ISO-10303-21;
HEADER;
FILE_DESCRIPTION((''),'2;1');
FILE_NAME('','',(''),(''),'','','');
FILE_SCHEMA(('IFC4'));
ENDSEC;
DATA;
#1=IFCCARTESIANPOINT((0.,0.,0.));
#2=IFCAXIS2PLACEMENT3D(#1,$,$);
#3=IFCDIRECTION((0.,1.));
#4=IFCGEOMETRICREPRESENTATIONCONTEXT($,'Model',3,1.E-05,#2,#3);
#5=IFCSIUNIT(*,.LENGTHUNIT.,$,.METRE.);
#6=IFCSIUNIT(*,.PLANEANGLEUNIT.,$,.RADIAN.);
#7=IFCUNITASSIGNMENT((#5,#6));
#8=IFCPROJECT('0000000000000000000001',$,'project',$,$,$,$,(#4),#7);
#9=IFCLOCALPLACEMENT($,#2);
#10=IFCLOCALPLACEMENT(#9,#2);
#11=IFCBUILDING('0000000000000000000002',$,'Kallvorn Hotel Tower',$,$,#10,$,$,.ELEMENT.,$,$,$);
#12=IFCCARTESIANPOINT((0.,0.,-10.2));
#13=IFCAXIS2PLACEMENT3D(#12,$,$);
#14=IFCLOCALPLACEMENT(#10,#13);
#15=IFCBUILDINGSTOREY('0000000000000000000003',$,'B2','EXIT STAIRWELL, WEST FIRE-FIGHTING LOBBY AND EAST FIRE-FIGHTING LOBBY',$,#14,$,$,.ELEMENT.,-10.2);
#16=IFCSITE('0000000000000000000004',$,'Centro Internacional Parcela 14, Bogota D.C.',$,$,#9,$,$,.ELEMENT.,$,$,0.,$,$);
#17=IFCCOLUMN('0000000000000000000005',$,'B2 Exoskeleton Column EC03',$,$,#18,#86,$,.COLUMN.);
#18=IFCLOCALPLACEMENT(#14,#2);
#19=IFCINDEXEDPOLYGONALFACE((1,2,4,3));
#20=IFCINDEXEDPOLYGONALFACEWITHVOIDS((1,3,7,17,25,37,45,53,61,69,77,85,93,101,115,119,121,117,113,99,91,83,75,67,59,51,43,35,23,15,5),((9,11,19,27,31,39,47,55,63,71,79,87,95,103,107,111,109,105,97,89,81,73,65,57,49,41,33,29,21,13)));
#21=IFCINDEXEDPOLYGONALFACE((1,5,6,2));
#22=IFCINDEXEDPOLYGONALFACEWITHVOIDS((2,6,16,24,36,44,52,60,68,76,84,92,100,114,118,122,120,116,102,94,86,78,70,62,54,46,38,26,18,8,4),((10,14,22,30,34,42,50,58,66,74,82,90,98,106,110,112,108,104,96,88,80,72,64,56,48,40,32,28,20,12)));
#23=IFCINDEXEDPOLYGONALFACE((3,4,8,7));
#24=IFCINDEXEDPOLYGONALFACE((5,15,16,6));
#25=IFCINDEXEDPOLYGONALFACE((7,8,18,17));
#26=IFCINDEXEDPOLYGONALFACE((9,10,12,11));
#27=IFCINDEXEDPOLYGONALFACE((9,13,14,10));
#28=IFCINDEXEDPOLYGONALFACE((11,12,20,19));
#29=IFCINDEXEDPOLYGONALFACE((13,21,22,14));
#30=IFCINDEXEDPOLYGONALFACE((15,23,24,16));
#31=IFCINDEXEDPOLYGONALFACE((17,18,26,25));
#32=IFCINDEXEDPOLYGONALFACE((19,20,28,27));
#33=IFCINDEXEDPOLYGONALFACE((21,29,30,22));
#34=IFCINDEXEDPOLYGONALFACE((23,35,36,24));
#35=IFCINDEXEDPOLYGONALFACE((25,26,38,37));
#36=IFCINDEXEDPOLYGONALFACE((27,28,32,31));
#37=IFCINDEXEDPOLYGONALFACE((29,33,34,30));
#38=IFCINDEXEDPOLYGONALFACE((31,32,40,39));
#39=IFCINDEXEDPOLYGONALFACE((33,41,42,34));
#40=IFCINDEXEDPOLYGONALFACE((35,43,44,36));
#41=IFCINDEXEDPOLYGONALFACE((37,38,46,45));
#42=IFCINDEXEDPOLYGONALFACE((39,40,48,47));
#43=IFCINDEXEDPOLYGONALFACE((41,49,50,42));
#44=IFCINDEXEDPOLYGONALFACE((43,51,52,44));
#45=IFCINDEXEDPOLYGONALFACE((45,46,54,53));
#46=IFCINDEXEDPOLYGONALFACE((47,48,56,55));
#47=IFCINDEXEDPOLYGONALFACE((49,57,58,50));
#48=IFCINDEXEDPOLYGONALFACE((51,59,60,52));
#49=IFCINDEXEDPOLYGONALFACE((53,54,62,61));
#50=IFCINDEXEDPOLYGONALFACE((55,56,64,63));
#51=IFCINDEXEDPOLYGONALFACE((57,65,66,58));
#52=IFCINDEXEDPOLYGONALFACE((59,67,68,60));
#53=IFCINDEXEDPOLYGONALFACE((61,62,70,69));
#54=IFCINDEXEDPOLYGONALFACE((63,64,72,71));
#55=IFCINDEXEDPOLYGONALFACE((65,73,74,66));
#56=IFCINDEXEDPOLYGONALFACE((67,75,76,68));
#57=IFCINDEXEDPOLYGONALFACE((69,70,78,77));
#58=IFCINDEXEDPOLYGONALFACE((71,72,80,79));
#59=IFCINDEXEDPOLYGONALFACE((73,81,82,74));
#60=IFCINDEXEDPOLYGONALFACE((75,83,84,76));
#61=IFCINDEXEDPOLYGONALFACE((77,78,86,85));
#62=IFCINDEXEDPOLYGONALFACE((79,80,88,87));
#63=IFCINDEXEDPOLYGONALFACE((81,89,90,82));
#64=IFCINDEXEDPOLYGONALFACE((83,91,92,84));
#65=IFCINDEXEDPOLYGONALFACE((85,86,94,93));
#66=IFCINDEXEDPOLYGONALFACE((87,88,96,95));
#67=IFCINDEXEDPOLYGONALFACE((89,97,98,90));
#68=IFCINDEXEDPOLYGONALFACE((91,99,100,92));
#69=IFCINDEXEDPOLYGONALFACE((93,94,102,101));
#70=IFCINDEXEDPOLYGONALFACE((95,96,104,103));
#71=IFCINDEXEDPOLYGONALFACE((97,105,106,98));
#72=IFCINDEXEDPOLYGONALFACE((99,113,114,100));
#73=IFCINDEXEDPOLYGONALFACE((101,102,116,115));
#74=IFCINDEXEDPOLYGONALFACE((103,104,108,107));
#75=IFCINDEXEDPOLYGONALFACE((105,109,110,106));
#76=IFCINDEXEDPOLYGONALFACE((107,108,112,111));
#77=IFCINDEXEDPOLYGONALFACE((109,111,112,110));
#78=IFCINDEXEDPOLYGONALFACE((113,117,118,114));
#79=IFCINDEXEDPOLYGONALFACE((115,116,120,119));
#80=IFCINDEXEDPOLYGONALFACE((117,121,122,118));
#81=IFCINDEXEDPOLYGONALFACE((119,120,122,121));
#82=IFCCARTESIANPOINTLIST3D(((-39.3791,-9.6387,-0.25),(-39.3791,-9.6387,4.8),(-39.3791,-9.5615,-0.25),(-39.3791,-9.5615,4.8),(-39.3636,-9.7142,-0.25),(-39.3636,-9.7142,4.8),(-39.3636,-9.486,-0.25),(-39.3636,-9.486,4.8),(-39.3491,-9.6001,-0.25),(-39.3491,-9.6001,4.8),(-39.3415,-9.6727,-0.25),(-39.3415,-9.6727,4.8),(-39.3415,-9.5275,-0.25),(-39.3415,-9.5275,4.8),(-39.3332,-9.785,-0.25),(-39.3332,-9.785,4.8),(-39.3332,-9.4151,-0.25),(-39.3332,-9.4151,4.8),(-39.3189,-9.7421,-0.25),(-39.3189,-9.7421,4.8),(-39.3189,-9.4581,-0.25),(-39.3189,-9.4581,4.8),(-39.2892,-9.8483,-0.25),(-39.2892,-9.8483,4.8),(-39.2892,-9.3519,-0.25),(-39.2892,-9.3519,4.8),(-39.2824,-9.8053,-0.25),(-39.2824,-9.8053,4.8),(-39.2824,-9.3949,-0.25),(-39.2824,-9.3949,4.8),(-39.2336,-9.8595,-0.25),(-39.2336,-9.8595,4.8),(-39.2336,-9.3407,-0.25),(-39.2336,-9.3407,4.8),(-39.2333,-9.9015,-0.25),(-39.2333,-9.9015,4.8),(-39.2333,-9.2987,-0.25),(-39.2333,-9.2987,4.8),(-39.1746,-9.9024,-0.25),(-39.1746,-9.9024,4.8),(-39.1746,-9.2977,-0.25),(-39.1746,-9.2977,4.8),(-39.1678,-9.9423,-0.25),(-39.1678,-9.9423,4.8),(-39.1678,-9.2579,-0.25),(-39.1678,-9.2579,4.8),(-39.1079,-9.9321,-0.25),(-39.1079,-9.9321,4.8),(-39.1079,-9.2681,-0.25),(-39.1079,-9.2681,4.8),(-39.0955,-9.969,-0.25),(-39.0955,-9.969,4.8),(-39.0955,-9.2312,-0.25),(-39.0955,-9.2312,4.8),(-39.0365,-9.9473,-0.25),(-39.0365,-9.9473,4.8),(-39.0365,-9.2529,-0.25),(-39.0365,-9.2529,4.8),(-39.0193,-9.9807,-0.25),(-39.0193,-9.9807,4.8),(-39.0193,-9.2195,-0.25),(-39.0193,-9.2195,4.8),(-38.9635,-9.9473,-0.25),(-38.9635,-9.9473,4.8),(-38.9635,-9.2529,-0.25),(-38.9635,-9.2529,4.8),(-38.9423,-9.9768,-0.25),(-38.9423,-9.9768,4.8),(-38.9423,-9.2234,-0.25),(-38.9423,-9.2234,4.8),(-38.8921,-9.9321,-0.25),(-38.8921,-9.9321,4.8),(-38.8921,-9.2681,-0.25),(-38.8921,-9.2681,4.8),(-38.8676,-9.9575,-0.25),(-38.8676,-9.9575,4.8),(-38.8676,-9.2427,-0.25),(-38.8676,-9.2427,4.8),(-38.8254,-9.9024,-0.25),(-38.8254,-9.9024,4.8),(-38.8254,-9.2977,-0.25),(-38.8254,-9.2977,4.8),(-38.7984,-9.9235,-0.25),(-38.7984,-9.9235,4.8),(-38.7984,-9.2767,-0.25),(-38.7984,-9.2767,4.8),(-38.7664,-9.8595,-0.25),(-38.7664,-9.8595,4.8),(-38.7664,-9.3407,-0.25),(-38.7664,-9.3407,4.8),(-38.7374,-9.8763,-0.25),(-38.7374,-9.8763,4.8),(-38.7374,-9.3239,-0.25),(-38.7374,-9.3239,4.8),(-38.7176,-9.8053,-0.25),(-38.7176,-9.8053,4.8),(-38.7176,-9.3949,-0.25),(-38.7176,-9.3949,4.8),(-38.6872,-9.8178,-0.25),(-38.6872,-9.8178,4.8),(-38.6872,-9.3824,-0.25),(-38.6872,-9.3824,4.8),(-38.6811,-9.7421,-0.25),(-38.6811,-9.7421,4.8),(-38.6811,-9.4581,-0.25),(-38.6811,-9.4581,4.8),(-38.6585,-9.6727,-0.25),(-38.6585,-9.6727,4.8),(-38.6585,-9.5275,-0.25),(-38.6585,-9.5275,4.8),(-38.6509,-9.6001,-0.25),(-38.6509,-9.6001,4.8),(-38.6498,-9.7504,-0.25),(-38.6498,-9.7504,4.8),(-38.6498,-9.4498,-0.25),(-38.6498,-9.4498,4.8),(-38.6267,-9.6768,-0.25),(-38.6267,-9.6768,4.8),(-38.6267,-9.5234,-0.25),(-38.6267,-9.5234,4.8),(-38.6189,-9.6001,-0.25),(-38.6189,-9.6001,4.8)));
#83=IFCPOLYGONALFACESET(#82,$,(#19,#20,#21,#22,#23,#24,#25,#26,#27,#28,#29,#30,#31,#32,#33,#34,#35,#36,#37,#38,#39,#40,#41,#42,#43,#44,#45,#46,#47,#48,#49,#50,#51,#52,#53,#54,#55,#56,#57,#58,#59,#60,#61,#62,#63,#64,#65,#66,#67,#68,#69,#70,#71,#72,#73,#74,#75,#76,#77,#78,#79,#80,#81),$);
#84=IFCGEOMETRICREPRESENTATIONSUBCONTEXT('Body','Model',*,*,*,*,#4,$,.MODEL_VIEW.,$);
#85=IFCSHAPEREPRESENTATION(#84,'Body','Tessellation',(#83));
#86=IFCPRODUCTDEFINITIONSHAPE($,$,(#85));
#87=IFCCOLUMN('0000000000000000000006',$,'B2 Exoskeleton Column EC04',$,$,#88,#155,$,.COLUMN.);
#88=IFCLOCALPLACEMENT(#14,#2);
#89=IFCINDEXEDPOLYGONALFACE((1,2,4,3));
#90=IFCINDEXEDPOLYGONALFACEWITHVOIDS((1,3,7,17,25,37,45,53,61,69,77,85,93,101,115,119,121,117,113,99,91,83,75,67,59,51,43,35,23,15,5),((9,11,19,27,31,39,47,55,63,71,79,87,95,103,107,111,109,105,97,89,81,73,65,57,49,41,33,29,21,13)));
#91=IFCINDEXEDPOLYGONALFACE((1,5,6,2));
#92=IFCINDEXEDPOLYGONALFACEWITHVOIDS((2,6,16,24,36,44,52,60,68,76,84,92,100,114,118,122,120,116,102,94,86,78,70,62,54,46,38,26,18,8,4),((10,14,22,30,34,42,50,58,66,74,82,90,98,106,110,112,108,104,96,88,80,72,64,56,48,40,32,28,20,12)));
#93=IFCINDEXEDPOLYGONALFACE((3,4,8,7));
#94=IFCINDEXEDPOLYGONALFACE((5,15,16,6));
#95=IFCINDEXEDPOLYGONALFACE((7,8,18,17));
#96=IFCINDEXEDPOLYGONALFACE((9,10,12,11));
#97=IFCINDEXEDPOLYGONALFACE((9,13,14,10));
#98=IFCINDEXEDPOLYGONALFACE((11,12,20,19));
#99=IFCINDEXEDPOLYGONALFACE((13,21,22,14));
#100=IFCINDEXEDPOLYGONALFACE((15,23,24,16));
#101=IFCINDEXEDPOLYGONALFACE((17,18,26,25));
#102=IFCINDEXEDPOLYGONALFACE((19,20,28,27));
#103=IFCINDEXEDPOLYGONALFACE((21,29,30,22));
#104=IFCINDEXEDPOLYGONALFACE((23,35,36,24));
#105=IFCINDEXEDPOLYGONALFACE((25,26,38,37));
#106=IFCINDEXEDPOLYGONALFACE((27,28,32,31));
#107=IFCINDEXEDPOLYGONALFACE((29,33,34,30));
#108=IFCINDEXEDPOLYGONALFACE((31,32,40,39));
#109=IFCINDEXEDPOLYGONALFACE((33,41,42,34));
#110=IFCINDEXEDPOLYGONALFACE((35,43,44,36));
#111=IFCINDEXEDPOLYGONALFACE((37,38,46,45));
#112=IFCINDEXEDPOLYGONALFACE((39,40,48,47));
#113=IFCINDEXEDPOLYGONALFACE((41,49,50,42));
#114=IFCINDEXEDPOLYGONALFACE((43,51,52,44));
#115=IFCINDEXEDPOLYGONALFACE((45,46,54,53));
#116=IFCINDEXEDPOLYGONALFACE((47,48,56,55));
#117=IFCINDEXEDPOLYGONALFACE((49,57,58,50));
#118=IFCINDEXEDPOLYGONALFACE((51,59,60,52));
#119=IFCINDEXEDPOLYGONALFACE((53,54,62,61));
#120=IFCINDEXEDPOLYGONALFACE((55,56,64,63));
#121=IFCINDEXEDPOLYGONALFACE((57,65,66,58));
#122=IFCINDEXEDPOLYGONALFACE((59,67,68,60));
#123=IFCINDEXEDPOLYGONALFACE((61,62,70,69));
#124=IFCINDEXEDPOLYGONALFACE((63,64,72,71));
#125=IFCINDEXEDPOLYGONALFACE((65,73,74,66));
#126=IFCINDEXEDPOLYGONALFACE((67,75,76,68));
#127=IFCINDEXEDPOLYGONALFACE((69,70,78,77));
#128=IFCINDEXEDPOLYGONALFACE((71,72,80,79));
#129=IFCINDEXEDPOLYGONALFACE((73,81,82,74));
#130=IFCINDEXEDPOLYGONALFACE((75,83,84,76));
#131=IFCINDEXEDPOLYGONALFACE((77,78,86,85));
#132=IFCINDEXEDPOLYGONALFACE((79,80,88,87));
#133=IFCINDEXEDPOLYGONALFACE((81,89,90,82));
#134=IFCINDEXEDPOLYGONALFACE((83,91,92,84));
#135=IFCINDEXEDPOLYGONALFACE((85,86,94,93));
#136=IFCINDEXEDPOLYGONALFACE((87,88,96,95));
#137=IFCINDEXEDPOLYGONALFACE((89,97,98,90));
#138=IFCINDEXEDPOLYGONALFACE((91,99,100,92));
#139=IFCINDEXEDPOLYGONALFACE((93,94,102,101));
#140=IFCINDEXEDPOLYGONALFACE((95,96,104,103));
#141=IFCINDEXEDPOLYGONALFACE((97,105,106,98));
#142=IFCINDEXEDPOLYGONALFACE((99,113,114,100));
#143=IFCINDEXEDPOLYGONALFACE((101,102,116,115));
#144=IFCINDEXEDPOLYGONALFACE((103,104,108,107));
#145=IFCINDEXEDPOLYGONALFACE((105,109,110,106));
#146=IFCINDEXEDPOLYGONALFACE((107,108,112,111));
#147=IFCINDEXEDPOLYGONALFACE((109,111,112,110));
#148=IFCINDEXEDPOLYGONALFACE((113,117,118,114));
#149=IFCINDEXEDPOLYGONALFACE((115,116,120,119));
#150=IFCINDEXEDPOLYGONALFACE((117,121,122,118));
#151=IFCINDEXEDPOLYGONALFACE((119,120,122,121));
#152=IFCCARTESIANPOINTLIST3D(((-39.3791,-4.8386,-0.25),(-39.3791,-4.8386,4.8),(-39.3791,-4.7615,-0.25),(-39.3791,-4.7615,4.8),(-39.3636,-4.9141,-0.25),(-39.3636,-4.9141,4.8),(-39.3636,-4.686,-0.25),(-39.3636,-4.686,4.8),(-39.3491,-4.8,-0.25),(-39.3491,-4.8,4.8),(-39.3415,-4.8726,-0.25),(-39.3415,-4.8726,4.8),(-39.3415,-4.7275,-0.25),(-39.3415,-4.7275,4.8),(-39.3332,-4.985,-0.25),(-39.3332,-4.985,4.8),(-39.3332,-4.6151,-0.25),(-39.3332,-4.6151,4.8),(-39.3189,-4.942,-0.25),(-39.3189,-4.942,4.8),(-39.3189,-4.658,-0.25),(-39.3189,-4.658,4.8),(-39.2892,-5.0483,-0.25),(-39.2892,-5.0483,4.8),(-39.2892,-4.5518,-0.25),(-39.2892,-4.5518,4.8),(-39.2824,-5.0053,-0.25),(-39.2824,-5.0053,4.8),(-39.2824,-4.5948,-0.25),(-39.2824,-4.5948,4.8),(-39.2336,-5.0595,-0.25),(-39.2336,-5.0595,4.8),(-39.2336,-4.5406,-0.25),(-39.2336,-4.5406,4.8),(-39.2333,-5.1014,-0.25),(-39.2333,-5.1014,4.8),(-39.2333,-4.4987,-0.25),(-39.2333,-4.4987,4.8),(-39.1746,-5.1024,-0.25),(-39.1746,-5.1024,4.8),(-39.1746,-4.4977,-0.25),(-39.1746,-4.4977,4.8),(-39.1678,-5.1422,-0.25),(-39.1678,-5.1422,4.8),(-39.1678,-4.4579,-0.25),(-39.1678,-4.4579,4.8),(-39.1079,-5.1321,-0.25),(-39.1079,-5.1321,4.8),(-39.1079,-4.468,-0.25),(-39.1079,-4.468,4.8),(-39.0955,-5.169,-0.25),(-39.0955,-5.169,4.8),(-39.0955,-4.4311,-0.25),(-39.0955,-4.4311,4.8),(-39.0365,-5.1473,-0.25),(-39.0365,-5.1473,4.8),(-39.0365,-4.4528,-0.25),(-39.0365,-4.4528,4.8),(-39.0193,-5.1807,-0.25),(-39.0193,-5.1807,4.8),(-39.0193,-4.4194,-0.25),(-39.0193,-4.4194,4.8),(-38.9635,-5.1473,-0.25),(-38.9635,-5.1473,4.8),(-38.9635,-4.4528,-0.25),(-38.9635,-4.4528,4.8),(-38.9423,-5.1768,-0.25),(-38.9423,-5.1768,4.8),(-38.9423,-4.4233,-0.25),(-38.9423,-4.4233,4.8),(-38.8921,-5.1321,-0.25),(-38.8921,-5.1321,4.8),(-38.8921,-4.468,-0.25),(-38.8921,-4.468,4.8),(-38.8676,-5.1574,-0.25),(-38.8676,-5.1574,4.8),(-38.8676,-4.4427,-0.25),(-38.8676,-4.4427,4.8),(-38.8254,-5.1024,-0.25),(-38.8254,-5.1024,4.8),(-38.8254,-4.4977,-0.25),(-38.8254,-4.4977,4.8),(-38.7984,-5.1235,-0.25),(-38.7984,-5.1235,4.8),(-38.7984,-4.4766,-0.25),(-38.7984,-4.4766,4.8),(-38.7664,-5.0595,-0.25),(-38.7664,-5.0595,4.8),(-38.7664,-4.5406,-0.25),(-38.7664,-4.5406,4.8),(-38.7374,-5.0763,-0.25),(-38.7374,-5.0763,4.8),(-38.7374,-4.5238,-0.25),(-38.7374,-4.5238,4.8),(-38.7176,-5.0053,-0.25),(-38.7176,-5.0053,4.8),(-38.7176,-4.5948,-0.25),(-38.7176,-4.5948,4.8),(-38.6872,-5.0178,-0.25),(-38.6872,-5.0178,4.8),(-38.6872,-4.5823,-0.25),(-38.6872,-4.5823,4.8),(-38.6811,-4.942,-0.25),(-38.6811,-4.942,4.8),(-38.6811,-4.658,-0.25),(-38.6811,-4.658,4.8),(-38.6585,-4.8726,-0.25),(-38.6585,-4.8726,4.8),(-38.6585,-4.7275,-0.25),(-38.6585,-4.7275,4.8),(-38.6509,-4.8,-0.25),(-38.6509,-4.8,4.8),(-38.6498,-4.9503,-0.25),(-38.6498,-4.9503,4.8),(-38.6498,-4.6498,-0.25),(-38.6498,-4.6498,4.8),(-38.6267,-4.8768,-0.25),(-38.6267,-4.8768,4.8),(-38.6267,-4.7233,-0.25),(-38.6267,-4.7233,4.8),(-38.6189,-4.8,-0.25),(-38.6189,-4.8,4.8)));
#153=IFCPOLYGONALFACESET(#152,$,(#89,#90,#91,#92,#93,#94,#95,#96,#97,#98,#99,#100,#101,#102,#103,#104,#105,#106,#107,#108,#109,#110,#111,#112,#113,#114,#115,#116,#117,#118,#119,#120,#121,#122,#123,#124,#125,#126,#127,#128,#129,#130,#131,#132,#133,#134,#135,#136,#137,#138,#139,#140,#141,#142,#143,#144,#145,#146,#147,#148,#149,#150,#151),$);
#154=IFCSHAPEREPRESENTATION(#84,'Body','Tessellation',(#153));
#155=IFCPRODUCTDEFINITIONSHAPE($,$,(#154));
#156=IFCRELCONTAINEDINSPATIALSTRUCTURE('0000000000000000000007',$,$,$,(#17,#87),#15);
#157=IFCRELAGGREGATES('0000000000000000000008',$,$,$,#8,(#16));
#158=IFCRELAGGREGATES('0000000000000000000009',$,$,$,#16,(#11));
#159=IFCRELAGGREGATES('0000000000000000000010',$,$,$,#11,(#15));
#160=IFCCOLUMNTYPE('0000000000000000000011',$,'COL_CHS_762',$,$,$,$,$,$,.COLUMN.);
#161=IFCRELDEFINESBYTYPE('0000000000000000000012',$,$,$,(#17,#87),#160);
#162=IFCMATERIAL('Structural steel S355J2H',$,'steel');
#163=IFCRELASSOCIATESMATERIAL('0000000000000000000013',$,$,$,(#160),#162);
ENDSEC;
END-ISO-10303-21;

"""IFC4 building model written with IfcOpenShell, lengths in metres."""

from ifc_helpers import new_model, si_unit, direction, frame, origin, origin_2d, place, context, subcontext, project, spatial, hollow_circle, extrude, material, material_profile, profile_set, type_object, element, save


model = new_model("IFC4")

# Units and contexts
model_context = context("Model", 3, precision=1e-05, world=origin(), true_north=direction((0.0, 1.0)))
body_context = subcontext(model_context, "Body", "Model", "MODEL_VIEW")
ifc_project = project(units=[si_unit("LENGTHUNIT", "METRE"), si_unit("PLANEANGLEUNIT", "RADIAN")], contexts=[model_context])

# Site, building, storey
site_placement = place(None, origin())
site = spatial("IfcSite", under=ifc_project, at=site_placement, Name="Centro Internacional Parcela 14, Bogota D.C.", CompositionType="ELEMENT", RefElevation=0.0)
building_placement = place(site_placement, origin())
building = spatial("IfcBuilding", under=site, at=building_placement, Name="Kallvorn Hotel Tower", CompositionType="ELEMENT")
storey_placement = place(building_placement, frame((0.0, 0.0, -10.2)))
storey = spatial("IfcBuildingStorey", under=building, at=storey_placement, Name="B2", Description="EXIT STAIRWELL, WEST FIRE-FIGHTING LOBBY AND EAST FIRE-FIGHTING LOBBY", CompositionType="ELEMENT", Elevation=-10.2)

# Columns
ifc_material_1 = material(Name="Structural steel S355J2H", Category="steel")
ifc_material_profile_1 = material_profile(ifc_material_1, hollow_circle(Radius=0.3811, WallThickness=0.032, at=origin_2d()), Name="CHS 762x32")
ifc_profile_set_1 = profile_set([ifc_material_profile_1], Name="Structural steel S355J2H")
column_type = type_object("IfcColumnType", Name="COL_CHS_762", PredefinedType="COLUMN", material=ifc_profile_set_1)
for number, where, z_axis, x_axis, name in (
    (1, (-39.0, -9.6001, -0.25), (0.0, 0.0, 1.0), (1.0, 0.0, 0.0), "B2 Exoskeleton Column EC03"),
    (2, (-39.0, -4.8, -0.25), (0.0, 0.0, 1.0), (1.0, 0.0, 0.0), "B2 Exoskeleton Column EC04"),
):
    element("IfcColumn", number, at=place(storey_placement, frame(where, z_axis=z_axis, x_axis=x_axis)), inside=storey, type_object=column_type, Name=name, PredefinedType="COLUMN", context=body_context, shape_type="SweptSolid", body=[
        extrude(hollow_circle(Radius=0.3811, WallThickness=0.032, at=origin_2d()), origin(), (0.0, 0.0, 1.0), 5.05),
    ])

save(model, "model.ifc")
